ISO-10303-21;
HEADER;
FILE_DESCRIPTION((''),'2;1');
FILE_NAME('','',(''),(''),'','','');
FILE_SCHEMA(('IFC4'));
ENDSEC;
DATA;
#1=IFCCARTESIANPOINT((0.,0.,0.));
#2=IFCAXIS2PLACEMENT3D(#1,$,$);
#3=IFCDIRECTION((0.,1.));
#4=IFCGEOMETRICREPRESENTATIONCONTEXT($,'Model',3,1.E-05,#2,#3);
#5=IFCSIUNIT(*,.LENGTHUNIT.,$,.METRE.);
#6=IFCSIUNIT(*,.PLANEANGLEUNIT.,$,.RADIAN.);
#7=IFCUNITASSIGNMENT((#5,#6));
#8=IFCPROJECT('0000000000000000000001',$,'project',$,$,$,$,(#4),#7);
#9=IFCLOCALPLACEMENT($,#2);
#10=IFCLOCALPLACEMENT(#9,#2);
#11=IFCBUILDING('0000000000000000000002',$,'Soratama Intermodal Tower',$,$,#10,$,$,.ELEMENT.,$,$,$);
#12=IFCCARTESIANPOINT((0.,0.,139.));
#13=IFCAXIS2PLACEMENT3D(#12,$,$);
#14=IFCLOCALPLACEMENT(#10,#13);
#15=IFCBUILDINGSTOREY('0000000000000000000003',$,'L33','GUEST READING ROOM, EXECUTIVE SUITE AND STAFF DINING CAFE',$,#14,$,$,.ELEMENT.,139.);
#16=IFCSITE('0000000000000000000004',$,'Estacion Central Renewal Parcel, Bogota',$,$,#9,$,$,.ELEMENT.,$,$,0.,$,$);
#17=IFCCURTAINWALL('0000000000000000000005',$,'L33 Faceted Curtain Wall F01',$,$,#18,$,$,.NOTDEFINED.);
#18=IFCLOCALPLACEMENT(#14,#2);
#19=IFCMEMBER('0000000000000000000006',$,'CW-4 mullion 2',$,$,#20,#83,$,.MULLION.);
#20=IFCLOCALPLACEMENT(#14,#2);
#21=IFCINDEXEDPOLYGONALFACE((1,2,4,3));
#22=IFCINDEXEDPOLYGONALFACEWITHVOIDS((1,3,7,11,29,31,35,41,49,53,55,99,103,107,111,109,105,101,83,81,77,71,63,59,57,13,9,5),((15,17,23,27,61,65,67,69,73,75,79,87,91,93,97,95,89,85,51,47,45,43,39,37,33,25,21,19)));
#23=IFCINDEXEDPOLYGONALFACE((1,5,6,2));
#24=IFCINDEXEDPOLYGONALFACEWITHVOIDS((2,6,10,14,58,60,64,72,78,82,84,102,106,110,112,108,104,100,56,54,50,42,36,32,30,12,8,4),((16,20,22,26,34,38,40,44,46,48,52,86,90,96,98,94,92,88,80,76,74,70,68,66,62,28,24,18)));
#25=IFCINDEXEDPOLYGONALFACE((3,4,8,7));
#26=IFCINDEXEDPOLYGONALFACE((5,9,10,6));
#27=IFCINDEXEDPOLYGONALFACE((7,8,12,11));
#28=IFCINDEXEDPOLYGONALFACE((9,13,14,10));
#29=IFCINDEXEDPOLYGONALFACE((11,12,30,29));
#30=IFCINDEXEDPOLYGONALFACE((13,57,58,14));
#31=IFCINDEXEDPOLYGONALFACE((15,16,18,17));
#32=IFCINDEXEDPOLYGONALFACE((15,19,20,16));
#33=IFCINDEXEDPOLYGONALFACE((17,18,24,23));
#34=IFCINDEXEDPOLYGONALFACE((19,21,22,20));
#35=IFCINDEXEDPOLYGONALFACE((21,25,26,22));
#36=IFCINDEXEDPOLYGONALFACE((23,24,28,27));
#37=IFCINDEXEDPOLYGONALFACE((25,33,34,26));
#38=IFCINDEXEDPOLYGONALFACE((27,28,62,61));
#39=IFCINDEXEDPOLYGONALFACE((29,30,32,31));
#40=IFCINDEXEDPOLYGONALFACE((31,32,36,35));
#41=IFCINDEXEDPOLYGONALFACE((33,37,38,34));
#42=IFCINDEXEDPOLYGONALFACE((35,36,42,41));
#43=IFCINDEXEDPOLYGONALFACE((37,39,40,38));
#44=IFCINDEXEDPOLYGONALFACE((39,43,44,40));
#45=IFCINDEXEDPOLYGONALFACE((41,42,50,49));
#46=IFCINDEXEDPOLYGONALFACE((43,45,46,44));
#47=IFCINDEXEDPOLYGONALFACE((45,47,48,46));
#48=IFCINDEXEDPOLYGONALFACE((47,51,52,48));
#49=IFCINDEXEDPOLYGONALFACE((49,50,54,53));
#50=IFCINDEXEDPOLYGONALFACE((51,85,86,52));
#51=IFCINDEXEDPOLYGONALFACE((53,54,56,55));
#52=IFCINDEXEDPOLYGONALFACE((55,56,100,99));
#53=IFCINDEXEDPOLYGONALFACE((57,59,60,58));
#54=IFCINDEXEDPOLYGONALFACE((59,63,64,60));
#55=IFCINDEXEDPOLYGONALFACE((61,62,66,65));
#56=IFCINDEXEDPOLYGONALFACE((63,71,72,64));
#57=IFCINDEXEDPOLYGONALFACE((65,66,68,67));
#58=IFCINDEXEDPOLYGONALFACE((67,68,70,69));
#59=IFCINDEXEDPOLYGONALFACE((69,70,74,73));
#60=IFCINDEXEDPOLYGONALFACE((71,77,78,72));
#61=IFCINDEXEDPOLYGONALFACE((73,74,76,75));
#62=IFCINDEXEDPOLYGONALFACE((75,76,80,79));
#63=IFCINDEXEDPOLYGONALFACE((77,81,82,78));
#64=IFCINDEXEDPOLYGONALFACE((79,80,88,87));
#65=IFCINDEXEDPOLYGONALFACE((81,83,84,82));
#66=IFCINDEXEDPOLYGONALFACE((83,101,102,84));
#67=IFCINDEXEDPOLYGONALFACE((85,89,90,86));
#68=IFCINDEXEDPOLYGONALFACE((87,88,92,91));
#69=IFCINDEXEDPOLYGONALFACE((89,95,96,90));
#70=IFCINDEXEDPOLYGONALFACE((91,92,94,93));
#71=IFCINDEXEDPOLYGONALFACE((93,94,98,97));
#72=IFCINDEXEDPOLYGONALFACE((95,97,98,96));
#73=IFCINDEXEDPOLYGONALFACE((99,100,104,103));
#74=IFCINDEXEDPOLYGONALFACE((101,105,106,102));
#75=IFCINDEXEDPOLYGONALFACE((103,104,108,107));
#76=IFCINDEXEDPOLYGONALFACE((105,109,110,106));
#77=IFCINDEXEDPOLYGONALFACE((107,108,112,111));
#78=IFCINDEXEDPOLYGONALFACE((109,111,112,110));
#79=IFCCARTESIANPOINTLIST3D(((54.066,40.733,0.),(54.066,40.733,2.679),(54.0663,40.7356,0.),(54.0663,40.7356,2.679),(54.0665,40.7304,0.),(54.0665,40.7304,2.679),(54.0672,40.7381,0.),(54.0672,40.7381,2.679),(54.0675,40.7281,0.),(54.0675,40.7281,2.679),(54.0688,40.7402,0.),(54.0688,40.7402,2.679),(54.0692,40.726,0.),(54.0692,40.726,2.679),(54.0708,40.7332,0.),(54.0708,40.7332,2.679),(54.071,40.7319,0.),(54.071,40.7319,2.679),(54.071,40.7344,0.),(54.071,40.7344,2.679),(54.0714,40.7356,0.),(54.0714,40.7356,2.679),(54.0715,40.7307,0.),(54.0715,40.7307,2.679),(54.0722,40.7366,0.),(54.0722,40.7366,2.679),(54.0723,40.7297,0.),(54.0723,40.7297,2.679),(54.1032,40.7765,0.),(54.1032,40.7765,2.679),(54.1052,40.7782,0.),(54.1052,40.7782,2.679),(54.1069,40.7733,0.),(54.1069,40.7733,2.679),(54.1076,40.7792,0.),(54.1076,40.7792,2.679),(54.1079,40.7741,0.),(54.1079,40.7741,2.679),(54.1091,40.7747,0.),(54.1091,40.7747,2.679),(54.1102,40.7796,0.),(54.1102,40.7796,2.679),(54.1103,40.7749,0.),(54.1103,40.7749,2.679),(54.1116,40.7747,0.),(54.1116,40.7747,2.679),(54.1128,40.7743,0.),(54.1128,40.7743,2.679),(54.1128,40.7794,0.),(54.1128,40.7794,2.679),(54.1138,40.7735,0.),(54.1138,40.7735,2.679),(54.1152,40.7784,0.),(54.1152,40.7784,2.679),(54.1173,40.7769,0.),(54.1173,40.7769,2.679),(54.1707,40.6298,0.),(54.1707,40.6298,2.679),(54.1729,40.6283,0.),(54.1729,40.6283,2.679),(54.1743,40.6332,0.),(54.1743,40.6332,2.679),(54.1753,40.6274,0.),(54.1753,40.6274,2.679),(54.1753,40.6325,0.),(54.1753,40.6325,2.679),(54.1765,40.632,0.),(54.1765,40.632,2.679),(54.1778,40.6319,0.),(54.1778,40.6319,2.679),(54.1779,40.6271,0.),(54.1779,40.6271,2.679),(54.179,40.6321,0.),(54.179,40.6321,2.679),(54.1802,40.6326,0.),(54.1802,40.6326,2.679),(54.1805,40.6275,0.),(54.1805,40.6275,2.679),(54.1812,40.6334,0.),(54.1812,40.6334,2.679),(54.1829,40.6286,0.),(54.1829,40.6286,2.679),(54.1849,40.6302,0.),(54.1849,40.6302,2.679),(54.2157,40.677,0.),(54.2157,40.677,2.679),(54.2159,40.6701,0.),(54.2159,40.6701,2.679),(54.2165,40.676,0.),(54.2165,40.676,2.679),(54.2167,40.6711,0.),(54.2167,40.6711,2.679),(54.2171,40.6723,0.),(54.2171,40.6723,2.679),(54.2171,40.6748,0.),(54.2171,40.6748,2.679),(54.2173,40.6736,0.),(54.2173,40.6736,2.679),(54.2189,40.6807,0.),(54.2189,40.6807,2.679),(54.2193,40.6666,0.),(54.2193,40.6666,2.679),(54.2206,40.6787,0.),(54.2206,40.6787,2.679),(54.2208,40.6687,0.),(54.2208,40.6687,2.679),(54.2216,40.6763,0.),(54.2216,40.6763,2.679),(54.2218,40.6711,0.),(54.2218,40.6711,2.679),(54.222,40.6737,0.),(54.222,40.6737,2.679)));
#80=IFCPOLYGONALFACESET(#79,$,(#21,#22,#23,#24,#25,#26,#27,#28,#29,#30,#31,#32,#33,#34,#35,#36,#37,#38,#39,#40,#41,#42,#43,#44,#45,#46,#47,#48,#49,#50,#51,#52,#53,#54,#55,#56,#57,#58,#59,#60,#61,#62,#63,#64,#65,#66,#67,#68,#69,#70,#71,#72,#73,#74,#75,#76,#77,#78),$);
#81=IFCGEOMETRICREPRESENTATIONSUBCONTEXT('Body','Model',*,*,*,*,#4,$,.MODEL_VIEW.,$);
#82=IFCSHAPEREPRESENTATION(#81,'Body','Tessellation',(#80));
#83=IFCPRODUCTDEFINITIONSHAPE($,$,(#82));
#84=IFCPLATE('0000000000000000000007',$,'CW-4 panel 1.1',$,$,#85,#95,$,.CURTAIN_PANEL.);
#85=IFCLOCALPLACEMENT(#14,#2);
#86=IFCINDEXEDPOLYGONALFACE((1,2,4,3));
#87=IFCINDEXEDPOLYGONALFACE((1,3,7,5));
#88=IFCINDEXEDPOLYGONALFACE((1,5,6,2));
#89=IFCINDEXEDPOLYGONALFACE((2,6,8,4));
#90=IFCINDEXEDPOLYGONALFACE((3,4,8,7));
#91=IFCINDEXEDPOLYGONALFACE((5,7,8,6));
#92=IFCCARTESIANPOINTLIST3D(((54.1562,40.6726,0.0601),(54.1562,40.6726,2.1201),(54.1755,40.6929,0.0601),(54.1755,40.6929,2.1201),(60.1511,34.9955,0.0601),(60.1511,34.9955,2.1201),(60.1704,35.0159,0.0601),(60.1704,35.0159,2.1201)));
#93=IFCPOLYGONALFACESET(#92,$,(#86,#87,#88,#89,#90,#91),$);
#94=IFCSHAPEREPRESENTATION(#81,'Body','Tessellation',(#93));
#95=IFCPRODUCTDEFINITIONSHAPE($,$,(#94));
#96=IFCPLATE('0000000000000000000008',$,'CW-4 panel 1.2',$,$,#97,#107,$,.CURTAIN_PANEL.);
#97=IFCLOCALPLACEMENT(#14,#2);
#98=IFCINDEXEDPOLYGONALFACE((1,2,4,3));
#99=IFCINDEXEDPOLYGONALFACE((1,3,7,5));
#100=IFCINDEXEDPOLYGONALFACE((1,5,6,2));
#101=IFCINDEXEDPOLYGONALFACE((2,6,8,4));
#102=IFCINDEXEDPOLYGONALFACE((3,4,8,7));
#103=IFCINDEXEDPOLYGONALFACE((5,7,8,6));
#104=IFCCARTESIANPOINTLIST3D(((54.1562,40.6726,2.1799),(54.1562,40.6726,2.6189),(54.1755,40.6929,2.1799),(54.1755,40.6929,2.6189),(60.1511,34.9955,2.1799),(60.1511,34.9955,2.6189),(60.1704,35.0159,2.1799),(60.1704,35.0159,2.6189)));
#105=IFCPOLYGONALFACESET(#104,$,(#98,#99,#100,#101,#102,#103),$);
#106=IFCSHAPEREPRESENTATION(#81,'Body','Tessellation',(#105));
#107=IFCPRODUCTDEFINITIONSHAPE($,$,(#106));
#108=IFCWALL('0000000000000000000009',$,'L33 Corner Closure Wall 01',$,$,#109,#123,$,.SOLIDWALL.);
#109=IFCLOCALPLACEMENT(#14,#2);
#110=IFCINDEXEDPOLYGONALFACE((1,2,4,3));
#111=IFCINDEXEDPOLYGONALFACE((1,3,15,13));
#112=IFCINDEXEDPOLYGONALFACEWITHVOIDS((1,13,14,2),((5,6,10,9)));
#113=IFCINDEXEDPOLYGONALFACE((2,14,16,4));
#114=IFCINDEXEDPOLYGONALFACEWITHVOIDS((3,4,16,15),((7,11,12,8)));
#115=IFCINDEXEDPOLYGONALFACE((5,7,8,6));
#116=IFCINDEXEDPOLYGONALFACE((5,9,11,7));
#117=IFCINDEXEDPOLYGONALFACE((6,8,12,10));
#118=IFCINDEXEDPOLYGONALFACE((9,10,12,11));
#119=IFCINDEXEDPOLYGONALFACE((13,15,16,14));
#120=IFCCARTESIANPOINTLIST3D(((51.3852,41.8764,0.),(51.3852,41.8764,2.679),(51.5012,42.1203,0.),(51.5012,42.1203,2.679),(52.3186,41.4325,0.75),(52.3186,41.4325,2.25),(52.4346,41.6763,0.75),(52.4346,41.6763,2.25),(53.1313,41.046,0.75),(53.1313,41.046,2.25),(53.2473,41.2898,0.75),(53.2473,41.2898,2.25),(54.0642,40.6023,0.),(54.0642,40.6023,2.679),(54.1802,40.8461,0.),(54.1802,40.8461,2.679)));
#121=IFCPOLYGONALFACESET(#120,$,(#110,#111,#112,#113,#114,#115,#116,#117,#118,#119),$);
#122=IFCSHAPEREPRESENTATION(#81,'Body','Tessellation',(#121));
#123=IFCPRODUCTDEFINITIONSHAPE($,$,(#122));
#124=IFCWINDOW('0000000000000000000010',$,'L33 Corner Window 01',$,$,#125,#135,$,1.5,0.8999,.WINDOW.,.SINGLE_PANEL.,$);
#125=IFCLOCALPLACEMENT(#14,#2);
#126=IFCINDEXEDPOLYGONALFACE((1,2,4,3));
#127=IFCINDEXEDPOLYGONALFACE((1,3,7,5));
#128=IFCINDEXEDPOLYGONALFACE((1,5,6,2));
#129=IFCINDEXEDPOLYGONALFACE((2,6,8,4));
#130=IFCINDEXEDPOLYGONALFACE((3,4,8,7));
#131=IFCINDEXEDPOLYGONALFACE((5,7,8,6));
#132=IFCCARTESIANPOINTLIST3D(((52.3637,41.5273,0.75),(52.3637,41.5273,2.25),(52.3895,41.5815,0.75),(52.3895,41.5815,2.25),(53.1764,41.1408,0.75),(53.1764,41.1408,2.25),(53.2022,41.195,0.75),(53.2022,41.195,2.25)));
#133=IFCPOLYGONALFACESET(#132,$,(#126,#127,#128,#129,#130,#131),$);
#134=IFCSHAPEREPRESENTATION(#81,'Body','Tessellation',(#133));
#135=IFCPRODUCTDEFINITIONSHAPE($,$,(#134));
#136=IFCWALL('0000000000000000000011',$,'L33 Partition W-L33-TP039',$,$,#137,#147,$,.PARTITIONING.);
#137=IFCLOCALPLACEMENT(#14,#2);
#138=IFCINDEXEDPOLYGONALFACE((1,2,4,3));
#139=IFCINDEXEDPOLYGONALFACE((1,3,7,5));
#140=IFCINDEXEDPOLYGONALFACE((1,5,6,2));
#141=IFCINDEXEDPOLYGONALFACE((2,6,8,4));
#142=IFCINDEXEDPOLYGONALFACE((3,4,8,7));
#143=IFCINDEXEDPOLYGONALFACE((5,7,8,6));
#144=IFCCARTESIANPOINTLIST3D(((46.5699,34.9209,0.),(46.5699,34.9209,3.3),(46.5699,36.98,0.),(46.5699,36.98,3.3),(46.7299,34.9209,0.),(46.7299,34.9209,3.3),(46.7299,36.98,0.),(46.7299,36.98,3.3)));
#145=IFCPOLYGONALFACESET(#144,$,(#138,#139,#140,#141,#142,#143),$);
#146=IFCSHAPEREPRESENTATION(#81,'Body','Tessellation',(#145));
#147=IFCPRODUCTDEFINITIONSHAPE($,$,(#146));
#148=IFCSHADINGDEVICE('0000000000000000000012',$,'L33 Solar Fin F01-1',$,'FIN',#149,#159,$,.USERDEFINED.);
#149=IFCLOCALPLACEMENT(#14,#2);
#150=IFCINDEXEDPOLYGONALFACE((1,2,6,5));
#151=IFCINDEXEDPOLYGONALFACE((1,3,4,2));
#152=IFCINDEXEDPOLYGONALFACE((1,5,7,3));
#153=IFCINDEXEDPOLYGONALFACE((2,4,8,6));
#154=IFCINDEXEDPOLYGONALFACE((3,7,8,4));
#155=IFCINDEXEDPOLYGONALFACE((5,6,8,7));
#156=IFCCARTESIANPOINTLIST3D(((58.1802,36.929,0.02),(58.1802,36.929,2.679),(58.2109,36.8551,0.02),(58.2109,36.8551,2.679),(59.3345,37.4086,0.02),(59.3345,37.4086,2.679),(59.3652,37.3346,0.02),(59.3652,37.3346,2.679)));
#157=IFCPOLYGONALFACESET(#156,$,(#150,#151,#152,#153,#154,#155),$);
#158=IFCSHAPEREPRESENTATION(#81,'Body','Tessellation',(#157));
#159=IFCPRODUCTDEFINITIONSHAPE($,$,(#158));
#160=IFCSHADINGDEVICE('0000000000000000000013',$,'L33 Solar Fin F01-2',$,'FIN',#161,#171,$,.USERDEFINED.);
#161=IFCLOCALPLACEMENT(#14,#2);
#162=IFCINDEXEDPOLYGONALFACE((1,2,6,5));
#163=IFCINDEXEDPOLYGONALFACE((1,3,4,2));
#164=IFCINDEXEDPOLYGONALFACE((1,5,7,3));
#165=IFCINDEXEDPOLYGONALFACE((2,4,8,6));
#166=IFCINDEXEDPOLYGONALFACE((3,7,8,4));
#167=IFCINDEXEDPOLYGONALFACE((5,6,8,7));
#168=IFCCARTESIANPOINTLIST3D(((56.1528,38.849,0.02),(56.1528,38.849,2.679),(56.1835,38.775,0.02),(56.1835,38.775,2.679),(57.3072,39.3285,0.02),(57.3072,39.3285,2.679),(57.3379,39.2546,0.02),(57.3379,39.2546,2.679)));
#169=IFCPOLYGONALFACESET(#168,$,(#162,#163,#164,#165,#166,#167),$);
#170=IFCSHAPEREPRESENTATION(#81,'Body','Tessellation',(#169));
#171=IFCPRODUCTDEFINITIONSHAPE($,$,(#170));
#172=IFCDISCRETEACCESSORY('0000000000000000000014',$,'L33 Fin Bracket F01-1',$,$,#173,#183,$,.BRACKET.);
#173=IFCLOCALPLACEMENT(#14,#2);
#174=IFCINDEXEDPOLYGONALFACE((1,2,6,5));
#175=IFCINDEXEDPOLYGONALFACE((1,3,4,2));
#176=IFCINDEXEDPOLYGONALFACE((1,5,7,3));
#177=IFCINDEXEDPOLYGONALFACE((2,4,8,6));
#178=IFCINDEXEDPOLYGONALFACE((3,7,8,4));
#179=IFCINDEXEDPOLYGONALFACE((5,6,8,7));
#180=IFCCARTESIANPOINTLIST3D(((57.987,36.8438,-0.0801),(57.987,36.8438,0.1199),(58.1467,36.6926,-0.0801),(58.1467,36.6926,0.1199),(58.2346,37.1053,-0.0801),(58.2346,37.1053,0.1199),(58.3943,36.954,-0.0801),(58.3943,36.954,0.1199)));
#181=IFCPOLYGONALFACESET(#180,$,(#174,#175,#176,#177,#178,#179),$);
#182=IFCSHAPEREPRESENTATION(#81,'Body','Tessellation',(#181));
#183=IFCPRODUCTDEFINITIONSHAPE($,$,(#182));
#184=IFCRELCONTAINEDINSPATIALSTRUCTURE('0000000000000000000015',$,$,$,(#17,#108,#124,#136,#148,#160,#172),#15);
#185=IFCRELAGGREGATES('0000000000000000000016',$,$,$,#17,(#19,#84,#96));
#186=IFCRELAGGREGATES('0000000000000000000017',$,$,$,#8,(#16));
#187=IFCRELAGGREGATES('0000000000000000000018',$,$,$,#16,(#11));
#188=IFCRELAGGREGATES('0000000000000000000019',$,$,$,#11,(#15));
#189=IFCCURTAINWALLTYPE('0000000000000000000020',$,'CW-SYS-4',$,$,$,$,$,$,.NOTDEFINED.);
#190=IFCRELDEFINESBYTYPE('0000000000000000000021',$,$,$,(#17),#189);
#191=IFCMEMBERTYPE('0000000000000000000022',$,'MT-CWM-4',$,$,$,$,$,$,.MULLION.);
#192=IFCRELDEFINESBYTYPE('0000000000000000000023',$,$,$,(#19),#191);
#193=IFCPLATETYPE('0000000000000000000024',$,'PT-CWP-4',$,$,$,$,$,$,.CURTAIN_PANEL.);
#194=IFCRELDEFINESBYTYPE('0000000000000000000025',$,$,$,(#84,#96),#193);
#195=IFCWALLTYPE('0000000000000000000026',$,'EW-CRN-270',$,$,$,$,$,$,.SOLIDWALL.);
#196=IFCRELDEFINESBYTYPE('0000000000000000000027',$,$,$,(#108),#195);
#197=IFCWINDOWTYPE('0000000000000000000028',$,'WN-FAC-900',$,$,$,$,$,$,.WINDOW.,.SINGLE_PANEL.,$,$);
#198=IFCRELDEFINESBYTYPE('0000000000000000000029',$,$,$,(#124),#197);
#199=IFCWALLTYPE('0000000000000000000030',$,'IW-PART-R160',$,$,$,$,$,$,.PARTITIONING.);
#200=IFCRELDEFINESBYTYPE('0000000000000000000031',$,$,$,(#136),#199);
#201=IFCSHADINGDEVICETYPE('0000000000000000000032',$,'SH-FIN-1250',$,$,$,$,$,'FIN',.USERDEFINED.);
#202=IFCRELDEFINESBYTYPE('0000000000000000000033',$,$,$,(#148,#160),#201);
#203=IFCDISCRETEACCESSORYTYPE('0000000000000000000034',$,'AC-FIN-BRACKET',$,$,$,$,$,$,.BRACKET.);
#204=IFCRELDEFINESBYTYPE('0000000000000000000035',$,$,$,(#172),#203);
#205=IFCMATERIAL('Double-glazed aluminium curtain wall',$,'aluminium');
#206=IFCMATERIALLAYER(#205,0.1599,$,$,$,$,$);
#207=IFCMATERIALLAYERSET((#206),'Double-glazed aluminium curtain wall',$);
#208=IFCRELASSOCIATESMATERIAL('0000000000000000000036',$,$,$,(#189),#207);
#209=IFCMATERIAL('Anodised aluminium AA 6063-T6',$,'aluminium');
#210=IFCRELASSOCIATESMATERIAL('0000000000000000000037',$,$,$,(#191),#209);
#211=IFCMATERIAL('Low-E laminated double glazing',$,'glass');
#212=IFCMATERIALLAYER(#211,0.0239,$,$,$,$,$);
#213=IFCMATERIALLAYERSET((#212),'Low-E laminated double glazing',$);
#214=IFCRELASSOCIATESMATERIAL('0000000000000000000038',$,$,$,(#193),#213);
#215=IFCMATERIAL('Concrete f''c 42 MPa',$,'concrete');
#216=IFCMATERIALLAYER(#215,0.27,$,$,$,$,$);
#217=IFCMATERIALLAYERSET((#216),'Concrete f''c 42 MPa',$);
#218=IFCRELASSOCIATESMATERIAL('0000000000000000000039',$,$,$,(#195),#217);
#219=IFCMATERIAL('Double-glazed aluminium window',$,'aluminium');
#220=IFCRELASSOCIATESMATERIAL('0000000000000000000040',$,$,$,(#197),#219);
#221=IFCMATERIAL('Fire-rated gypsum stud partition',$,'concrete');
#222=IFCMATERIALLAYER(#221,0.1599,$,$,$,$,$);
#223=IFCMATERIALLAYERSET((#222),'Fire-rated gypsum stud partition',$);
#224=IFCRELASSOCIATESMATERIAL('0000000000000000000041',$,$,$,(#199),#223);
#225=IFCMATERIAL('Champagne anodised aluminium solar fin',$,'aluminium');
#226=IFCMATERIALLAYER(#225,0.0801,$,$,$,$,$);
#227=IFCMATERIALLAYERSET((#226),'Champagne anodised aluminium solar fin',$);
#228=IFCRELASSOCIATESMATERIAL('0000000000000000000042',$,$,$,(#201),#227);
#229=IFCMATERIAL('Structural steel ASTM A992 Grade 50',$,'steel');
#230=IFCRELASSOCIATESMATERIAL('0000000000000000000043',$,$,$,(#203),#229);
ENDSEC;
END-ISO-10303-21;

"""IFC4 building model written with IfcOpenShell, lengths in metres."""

from ifc_helpers import new_model, si_unit, direction, frame, frame_2d, origin, origin_2d, place, context, subcontext, project, spatial, rectangle, hollow_rectangle, extrude, material, layer, layer_set, material_profile, profile_set, type_object, element, fill, aggregate, save


model = new_model("IFC4")

# Units and contexts
model_context = context("Model", 3, precision=1e-05, world=origin(), true_north=direction((0.0, 1.0)))
body_context = subcontext(model_context, "Body", "Model", "MODEL_VIEW")
ifc_project = project(units=[si_unit("LENGTHUNIT", "METRE"), si_unit("PLANEANGLEUNIT", "RADIAN")], contexts=[model_context])

# Site, building, storey
site_placement = place(None, origin())
site = spatial("IfcSite", under=ifc_project, at=site_placement, Name="Estacion Central Renewal Parcel, Bogota", CompositionType="ELEMENT", RefElevation=0.0)
building_placement = place(site_placement, origin())
building = spatial("IfcBuilding", under=site, at=building_placement, Name="Soratama Intermodal Tower", CompositionType="ELEMENT")
storey_placement = place(building_placement, frame((0.0, 0.0, 139.0)))
storey = spatial("IfcBuildingStorey", under=building, at=storey_placement, Name="L33", Description="GUEST READING ROOM, EXECUTIVE SUITE AND STAFF DINING CAFE", CompositionType="ELEMENT", Elevation=139.0)

# Curtain wall, member, plates
ifc_material_1 = material(Name="Double-glazed aluminium curtain wall", Category="aluminium")
ifc_layer_1 = layer(ifc_material_1, 0.1599)
ifc_layer_set_1 = layer_set([ifc_layer_1], Name="Double-glazed aluminium curtain wall")
curtain_wall_type = type_object("IfcCurtainWallType", Name="CW-SYS-4", PredefinedType="NOTDEFINED", material=ifc_layer_set_1)
curtain_wall_placement = place(storey_placement, origin())
curtain_wall = element("IfcCurtainWall", 1, at=curtain_wall_placement, inside=storey, type_object=curtain_wall_type, Name="L33 Faceted Curtain Wall F01", PredefinedType="NOTDEFINED")
ifc_material_2 = material(Name="Anodised aluminium AA 6063-T6", Category="aluminium")
ifc_material_profile_1 = material_profile(ifc_material_2, hollow_rectangle(XDim=0.0701, YDim=0.1599, WallThickness=0.0049, InnerFilletRadius=0.0049, OuterFilletRadius=0.01, at=origin_2d()), Name="CWM160X70X5")
ifc_profile_set_1 = profile_set([ifc_material_profile_1], Name="Anodised aluminium AA 6063-T6")
member_type = type_object("IfcMemberType", Name="MT-CWM-4", PredefinedType="MULLION", material=ifc_profile_set_1)
member_placement = place(storey_placement, frame((54.144, 40.7034, 0.0), z_axis=(0.0, 0.0, 1.0), x_axis=(-0.687594, -0.726095, 0.0)))
member = element("IfcMember", 2, at=member_placement, type_object=member_type, Name="CW-4 mullion 2", PredefinedType="MULLION", context=body_context, shape_type="SweptSolid", body=[
    extrude(hollow_rectangle(XDim=0.0701, YDim=0.1599, WallThickness=0.0049, InnerFilletRadius=0.0049, OuterFilletRadius=0.01, at=origin_2d()), origin(), (0.0, 0.0, 1.0), 2.679),
])
ifc_material_3 = material(Name="Low-E laminated double glazing", Category="glass")
ifc_layer_2 = layer(ifc_material_3, 0.0239)
ifc_layer_set_2 = layer_set([ifc_layer_2], Name="Low-E laminated double glazing")
plate_type = type_object("IfcPlateType", Name="PT-CWP-4", PredefinedType="CURTAIN_PANEL", material=ifc_layer_set_2)
plate_1_placement = place(storey_placement, frame((57.1633, 37.8442, 0.0601), z_axis=(0.0, 0.0, 1.0), x_axis=(-0.726095, 0.687594, 0.0)))
plate_1 = element("IfcPlate", 3, at=plate_1_placement, type_object=plate_type, Name="CW-4 panel 1.1", PredefinedType="CURTAIN_PANEL", context=body_context, shape_type="SweptSolid", body=[
    extrude(rectangle(XDim=8.2563, YDim=0.0281, at=origin_2d()), origin(), (0.0, 0.0, 1.0), 2.0601),
])
plate_2_placement = place(storey_placement, frame((57.1633, 37.8442, 2.1799), z_axis=(0.0, 0.0, 1.0), x_axis=(-0.726095, 0.687594, 0.0)))
plate_2 = element("IfcPlate", 4, at=plate_2_placement, type_object=plate_type, Name="CW-4 panel 1.2", PredefinedType="CURTAIN_PANEL", context=body_context, shape_type="SweptSolid", body=[
    extrude(rectangle(XDim=8.2563, YDim=0.0281, at=origin_2d()), origin(), (0.0, 0.0, 1.0), 0.439),
])
aggregate(curtain_wall, [member, plate_1, plate_2])

# Wall, opening, window
ifc_material_4 = material(Name="Concrete f'c 42 MPa", Category="concrete")
ifc_layer_3 = layer(ifc_material_4, 0.27)
ifc_layer_set_3 = layer_set([ifc_layer_3], Name="Concrete f'c 42 MPa")
wall_type_1 = type_object("IfcWallType", Name="EW-CRN-270", PredefinedType="SOLIDWALL", material=ifc_layer_set_3)
wall_1_placement = place(storey_placement, frame((54.1223, 40.7241, 0.0), z_axis=(0.0, 0.0, 1.0), x_axis=(-0.90306, 0.429515, 0.0)))
wall_1 = element("IfcWall", 5, at=wall_1_placement, inside=storey, type_object=wall_type_1, Name="L33 Corner Closure Wall 01", PredefinedType="SOLIDWALL", context=body_context, shape_type="SweptSolid", body=[
    extrude(rectangle(XDim=2.9666, YDim=0.27, at=frame_2d((1.4834, 0.0))), origin(), (0.0, 0.0, 1.0), 2.679),
])
opening_1_placement = place(wall_1_placement, frame((1.0332, 0.0, 0.75)))
opening_1 = element("IfcOpeningElement", 6, at=opening_1_placement, cuts=wall_1, PredefinedType="OPENING", context=body_context, shape_type="SweptSolid", body=[
    extrude(rectangle(XDim=0.8999, YDim=1.5, at=frame_2d((0.45, 0.75))), frame((0.0, 0.145, 0.0), z_axis=(0.0, -1.0, 0.0), x_axis=(1.0, 0.0, 0.0)), (0.0, 0.0, 1.0), 0.29),
])
ifc_material_5 = material(Name="Double-glazed aluminium window", Category="aluminium")
window_type_1 = type_object("IfcWindowType", Name="WN-FAC-900", PartitioningType="SINGLE_PANEL", PredefinedType="WINDOW", material=ifc_material_5)
window_1_placement = place(opening_1_placement, origin())
window_1 = element("IfcWindow", 7, at=window_1_placement, inside=storey, type_object=window_type_1, Name="L33 Corner Window 01", OverallHeight=1.5, OverallWidth=0.8999, PartitioningType="SINGLE_PANEL", PredefinedType="WINDOW", context=body_context, shape_type="SweptSolid", body=[
    extrude(rectangle(XDim=0.8999, YDim=1.5, at=frame_2d((0.45, 0.75))), frame((0.0, 0.03, 0.0), z_axis=(0.0, -1.0, 0.0), x_axis=(1.0, 0.0, 0.0)), (0.0, 0.0, 1.0), 0.0601),
])
fill(opening_1, window_1)

# Wall
ifc_material_6 = material(Name="Fire-rated gypsum stud partition", Category="concrete")
ifc_layer_4 = layer(ifc_material_6, 0.1599)
ifc_layer_set_4 = layer_set([ifc_layer_4], Name="Fire-rated gypsum stud partition")
wall_type_2 = type_object("IfcWallType", Name="IW-PART-R160", PredefinedType="PARTITIONING", material=ifc_layer_set_4)
wall_2_placement = place(storey_placement, frame((46.6499, 36.98, 0.0), z_axis=(0.0, 0.0, 1.0), x_axis=(0.0, -1.0, 0.0)))
element("IfcWall", 8, at=wall_2_placement, inside=storey, type_object=wall_type_2, Name="L33 Partition W-L33-TP039", PredefinedType="PARTITIONING", context=body_context, shape_type="SweptSolid", body=[
    extrude(rectangle(XDim=2.0591, YDim=0.1599, at=frame_2d((1.0295, 0.0))), origin(), (0.0, 0.0, 1.0), 3.3),
])

# Shading devices
ifc_material_7 = material(Name="Champagne anodised aluminium solar fin", Category="aluminium")
ifc_layer_5 = layer(ifc_material_7, 0.0801)
ifc_layer_set_5 = layer_set([ifc_layer_5], Name="Champagne anodised aluminium solar fin")
shading_device_type = type_object("IfcShadingDeviceType", Name="SH-FIN-1250", ElementType="FIN", PredefinedType="USERDEFINED", material=ifc_layer_set_5)
for number, where, z_axis, x_axis, name in (
    (9, (58.7727, 37.1318, 0.02), (0.0, 0.0, 1.0), (0.923478, 0.383651, 0.0), "L33 Solar Fin F01-1"),
    (10, (56.7454, 39.0518, 0.02), (0.0, 0.0, 1.0), (0.923478, 0.383651, 0.0), "L33 Solar Fin F01-2"),
):
    element("IfcShadingDevice", number, at=place(storey_placement, frame(where, z_axis=z_axis, x_axis=x_axis)), inside=storey, type_object=shading_device_type, Name=name, ObjectType="FIN", PredefinedType="USERDEFINED", context=body_context, shape_type="SweptSolid", body=[
        extrude(rectangle(XDim=1.25, YDim=0.0801, at=origin_2d()), origin(), (0.0, 0.0, 1.0), 2.6589),
    ])

# Discrete accessory
ifc_material_8 = material(Name="Structural steel ASTM A992 Grade 50", Category="steel")
discrete_accessory_type_1 = type_object("IfcDiscreteAccessoryType", Name="AC-FIN-BRACKET", PredefinedType="BRACKET", material=ifc_material_8)
for number, where, z_axis, x_axis, name in (
    (11, (58.1907, 36.8989, -0.0801), (0.0, 0.0, 1.0), (0.687595, 0.726095, 0.0), "L33 Fin Bracket F01-1"),
):
    element("IfcDiscreteAccessory", number, at=place(storey_placement, frame(where, z_axis=z_axis, x_axis=x_axis)), inside=storey, type_object=discrete_accessory_type_1, Name=name, PredefinedType="BRACKET", context=body_context, shape_type="SweptSolid", body=[
        extrude(rectangle(XDim=0.3601, YDim=0.22, at=origin_2d()), origin(), (0.0, 0.0, 1.0), 0.2),
    ])

save(model, "model.ifc")
